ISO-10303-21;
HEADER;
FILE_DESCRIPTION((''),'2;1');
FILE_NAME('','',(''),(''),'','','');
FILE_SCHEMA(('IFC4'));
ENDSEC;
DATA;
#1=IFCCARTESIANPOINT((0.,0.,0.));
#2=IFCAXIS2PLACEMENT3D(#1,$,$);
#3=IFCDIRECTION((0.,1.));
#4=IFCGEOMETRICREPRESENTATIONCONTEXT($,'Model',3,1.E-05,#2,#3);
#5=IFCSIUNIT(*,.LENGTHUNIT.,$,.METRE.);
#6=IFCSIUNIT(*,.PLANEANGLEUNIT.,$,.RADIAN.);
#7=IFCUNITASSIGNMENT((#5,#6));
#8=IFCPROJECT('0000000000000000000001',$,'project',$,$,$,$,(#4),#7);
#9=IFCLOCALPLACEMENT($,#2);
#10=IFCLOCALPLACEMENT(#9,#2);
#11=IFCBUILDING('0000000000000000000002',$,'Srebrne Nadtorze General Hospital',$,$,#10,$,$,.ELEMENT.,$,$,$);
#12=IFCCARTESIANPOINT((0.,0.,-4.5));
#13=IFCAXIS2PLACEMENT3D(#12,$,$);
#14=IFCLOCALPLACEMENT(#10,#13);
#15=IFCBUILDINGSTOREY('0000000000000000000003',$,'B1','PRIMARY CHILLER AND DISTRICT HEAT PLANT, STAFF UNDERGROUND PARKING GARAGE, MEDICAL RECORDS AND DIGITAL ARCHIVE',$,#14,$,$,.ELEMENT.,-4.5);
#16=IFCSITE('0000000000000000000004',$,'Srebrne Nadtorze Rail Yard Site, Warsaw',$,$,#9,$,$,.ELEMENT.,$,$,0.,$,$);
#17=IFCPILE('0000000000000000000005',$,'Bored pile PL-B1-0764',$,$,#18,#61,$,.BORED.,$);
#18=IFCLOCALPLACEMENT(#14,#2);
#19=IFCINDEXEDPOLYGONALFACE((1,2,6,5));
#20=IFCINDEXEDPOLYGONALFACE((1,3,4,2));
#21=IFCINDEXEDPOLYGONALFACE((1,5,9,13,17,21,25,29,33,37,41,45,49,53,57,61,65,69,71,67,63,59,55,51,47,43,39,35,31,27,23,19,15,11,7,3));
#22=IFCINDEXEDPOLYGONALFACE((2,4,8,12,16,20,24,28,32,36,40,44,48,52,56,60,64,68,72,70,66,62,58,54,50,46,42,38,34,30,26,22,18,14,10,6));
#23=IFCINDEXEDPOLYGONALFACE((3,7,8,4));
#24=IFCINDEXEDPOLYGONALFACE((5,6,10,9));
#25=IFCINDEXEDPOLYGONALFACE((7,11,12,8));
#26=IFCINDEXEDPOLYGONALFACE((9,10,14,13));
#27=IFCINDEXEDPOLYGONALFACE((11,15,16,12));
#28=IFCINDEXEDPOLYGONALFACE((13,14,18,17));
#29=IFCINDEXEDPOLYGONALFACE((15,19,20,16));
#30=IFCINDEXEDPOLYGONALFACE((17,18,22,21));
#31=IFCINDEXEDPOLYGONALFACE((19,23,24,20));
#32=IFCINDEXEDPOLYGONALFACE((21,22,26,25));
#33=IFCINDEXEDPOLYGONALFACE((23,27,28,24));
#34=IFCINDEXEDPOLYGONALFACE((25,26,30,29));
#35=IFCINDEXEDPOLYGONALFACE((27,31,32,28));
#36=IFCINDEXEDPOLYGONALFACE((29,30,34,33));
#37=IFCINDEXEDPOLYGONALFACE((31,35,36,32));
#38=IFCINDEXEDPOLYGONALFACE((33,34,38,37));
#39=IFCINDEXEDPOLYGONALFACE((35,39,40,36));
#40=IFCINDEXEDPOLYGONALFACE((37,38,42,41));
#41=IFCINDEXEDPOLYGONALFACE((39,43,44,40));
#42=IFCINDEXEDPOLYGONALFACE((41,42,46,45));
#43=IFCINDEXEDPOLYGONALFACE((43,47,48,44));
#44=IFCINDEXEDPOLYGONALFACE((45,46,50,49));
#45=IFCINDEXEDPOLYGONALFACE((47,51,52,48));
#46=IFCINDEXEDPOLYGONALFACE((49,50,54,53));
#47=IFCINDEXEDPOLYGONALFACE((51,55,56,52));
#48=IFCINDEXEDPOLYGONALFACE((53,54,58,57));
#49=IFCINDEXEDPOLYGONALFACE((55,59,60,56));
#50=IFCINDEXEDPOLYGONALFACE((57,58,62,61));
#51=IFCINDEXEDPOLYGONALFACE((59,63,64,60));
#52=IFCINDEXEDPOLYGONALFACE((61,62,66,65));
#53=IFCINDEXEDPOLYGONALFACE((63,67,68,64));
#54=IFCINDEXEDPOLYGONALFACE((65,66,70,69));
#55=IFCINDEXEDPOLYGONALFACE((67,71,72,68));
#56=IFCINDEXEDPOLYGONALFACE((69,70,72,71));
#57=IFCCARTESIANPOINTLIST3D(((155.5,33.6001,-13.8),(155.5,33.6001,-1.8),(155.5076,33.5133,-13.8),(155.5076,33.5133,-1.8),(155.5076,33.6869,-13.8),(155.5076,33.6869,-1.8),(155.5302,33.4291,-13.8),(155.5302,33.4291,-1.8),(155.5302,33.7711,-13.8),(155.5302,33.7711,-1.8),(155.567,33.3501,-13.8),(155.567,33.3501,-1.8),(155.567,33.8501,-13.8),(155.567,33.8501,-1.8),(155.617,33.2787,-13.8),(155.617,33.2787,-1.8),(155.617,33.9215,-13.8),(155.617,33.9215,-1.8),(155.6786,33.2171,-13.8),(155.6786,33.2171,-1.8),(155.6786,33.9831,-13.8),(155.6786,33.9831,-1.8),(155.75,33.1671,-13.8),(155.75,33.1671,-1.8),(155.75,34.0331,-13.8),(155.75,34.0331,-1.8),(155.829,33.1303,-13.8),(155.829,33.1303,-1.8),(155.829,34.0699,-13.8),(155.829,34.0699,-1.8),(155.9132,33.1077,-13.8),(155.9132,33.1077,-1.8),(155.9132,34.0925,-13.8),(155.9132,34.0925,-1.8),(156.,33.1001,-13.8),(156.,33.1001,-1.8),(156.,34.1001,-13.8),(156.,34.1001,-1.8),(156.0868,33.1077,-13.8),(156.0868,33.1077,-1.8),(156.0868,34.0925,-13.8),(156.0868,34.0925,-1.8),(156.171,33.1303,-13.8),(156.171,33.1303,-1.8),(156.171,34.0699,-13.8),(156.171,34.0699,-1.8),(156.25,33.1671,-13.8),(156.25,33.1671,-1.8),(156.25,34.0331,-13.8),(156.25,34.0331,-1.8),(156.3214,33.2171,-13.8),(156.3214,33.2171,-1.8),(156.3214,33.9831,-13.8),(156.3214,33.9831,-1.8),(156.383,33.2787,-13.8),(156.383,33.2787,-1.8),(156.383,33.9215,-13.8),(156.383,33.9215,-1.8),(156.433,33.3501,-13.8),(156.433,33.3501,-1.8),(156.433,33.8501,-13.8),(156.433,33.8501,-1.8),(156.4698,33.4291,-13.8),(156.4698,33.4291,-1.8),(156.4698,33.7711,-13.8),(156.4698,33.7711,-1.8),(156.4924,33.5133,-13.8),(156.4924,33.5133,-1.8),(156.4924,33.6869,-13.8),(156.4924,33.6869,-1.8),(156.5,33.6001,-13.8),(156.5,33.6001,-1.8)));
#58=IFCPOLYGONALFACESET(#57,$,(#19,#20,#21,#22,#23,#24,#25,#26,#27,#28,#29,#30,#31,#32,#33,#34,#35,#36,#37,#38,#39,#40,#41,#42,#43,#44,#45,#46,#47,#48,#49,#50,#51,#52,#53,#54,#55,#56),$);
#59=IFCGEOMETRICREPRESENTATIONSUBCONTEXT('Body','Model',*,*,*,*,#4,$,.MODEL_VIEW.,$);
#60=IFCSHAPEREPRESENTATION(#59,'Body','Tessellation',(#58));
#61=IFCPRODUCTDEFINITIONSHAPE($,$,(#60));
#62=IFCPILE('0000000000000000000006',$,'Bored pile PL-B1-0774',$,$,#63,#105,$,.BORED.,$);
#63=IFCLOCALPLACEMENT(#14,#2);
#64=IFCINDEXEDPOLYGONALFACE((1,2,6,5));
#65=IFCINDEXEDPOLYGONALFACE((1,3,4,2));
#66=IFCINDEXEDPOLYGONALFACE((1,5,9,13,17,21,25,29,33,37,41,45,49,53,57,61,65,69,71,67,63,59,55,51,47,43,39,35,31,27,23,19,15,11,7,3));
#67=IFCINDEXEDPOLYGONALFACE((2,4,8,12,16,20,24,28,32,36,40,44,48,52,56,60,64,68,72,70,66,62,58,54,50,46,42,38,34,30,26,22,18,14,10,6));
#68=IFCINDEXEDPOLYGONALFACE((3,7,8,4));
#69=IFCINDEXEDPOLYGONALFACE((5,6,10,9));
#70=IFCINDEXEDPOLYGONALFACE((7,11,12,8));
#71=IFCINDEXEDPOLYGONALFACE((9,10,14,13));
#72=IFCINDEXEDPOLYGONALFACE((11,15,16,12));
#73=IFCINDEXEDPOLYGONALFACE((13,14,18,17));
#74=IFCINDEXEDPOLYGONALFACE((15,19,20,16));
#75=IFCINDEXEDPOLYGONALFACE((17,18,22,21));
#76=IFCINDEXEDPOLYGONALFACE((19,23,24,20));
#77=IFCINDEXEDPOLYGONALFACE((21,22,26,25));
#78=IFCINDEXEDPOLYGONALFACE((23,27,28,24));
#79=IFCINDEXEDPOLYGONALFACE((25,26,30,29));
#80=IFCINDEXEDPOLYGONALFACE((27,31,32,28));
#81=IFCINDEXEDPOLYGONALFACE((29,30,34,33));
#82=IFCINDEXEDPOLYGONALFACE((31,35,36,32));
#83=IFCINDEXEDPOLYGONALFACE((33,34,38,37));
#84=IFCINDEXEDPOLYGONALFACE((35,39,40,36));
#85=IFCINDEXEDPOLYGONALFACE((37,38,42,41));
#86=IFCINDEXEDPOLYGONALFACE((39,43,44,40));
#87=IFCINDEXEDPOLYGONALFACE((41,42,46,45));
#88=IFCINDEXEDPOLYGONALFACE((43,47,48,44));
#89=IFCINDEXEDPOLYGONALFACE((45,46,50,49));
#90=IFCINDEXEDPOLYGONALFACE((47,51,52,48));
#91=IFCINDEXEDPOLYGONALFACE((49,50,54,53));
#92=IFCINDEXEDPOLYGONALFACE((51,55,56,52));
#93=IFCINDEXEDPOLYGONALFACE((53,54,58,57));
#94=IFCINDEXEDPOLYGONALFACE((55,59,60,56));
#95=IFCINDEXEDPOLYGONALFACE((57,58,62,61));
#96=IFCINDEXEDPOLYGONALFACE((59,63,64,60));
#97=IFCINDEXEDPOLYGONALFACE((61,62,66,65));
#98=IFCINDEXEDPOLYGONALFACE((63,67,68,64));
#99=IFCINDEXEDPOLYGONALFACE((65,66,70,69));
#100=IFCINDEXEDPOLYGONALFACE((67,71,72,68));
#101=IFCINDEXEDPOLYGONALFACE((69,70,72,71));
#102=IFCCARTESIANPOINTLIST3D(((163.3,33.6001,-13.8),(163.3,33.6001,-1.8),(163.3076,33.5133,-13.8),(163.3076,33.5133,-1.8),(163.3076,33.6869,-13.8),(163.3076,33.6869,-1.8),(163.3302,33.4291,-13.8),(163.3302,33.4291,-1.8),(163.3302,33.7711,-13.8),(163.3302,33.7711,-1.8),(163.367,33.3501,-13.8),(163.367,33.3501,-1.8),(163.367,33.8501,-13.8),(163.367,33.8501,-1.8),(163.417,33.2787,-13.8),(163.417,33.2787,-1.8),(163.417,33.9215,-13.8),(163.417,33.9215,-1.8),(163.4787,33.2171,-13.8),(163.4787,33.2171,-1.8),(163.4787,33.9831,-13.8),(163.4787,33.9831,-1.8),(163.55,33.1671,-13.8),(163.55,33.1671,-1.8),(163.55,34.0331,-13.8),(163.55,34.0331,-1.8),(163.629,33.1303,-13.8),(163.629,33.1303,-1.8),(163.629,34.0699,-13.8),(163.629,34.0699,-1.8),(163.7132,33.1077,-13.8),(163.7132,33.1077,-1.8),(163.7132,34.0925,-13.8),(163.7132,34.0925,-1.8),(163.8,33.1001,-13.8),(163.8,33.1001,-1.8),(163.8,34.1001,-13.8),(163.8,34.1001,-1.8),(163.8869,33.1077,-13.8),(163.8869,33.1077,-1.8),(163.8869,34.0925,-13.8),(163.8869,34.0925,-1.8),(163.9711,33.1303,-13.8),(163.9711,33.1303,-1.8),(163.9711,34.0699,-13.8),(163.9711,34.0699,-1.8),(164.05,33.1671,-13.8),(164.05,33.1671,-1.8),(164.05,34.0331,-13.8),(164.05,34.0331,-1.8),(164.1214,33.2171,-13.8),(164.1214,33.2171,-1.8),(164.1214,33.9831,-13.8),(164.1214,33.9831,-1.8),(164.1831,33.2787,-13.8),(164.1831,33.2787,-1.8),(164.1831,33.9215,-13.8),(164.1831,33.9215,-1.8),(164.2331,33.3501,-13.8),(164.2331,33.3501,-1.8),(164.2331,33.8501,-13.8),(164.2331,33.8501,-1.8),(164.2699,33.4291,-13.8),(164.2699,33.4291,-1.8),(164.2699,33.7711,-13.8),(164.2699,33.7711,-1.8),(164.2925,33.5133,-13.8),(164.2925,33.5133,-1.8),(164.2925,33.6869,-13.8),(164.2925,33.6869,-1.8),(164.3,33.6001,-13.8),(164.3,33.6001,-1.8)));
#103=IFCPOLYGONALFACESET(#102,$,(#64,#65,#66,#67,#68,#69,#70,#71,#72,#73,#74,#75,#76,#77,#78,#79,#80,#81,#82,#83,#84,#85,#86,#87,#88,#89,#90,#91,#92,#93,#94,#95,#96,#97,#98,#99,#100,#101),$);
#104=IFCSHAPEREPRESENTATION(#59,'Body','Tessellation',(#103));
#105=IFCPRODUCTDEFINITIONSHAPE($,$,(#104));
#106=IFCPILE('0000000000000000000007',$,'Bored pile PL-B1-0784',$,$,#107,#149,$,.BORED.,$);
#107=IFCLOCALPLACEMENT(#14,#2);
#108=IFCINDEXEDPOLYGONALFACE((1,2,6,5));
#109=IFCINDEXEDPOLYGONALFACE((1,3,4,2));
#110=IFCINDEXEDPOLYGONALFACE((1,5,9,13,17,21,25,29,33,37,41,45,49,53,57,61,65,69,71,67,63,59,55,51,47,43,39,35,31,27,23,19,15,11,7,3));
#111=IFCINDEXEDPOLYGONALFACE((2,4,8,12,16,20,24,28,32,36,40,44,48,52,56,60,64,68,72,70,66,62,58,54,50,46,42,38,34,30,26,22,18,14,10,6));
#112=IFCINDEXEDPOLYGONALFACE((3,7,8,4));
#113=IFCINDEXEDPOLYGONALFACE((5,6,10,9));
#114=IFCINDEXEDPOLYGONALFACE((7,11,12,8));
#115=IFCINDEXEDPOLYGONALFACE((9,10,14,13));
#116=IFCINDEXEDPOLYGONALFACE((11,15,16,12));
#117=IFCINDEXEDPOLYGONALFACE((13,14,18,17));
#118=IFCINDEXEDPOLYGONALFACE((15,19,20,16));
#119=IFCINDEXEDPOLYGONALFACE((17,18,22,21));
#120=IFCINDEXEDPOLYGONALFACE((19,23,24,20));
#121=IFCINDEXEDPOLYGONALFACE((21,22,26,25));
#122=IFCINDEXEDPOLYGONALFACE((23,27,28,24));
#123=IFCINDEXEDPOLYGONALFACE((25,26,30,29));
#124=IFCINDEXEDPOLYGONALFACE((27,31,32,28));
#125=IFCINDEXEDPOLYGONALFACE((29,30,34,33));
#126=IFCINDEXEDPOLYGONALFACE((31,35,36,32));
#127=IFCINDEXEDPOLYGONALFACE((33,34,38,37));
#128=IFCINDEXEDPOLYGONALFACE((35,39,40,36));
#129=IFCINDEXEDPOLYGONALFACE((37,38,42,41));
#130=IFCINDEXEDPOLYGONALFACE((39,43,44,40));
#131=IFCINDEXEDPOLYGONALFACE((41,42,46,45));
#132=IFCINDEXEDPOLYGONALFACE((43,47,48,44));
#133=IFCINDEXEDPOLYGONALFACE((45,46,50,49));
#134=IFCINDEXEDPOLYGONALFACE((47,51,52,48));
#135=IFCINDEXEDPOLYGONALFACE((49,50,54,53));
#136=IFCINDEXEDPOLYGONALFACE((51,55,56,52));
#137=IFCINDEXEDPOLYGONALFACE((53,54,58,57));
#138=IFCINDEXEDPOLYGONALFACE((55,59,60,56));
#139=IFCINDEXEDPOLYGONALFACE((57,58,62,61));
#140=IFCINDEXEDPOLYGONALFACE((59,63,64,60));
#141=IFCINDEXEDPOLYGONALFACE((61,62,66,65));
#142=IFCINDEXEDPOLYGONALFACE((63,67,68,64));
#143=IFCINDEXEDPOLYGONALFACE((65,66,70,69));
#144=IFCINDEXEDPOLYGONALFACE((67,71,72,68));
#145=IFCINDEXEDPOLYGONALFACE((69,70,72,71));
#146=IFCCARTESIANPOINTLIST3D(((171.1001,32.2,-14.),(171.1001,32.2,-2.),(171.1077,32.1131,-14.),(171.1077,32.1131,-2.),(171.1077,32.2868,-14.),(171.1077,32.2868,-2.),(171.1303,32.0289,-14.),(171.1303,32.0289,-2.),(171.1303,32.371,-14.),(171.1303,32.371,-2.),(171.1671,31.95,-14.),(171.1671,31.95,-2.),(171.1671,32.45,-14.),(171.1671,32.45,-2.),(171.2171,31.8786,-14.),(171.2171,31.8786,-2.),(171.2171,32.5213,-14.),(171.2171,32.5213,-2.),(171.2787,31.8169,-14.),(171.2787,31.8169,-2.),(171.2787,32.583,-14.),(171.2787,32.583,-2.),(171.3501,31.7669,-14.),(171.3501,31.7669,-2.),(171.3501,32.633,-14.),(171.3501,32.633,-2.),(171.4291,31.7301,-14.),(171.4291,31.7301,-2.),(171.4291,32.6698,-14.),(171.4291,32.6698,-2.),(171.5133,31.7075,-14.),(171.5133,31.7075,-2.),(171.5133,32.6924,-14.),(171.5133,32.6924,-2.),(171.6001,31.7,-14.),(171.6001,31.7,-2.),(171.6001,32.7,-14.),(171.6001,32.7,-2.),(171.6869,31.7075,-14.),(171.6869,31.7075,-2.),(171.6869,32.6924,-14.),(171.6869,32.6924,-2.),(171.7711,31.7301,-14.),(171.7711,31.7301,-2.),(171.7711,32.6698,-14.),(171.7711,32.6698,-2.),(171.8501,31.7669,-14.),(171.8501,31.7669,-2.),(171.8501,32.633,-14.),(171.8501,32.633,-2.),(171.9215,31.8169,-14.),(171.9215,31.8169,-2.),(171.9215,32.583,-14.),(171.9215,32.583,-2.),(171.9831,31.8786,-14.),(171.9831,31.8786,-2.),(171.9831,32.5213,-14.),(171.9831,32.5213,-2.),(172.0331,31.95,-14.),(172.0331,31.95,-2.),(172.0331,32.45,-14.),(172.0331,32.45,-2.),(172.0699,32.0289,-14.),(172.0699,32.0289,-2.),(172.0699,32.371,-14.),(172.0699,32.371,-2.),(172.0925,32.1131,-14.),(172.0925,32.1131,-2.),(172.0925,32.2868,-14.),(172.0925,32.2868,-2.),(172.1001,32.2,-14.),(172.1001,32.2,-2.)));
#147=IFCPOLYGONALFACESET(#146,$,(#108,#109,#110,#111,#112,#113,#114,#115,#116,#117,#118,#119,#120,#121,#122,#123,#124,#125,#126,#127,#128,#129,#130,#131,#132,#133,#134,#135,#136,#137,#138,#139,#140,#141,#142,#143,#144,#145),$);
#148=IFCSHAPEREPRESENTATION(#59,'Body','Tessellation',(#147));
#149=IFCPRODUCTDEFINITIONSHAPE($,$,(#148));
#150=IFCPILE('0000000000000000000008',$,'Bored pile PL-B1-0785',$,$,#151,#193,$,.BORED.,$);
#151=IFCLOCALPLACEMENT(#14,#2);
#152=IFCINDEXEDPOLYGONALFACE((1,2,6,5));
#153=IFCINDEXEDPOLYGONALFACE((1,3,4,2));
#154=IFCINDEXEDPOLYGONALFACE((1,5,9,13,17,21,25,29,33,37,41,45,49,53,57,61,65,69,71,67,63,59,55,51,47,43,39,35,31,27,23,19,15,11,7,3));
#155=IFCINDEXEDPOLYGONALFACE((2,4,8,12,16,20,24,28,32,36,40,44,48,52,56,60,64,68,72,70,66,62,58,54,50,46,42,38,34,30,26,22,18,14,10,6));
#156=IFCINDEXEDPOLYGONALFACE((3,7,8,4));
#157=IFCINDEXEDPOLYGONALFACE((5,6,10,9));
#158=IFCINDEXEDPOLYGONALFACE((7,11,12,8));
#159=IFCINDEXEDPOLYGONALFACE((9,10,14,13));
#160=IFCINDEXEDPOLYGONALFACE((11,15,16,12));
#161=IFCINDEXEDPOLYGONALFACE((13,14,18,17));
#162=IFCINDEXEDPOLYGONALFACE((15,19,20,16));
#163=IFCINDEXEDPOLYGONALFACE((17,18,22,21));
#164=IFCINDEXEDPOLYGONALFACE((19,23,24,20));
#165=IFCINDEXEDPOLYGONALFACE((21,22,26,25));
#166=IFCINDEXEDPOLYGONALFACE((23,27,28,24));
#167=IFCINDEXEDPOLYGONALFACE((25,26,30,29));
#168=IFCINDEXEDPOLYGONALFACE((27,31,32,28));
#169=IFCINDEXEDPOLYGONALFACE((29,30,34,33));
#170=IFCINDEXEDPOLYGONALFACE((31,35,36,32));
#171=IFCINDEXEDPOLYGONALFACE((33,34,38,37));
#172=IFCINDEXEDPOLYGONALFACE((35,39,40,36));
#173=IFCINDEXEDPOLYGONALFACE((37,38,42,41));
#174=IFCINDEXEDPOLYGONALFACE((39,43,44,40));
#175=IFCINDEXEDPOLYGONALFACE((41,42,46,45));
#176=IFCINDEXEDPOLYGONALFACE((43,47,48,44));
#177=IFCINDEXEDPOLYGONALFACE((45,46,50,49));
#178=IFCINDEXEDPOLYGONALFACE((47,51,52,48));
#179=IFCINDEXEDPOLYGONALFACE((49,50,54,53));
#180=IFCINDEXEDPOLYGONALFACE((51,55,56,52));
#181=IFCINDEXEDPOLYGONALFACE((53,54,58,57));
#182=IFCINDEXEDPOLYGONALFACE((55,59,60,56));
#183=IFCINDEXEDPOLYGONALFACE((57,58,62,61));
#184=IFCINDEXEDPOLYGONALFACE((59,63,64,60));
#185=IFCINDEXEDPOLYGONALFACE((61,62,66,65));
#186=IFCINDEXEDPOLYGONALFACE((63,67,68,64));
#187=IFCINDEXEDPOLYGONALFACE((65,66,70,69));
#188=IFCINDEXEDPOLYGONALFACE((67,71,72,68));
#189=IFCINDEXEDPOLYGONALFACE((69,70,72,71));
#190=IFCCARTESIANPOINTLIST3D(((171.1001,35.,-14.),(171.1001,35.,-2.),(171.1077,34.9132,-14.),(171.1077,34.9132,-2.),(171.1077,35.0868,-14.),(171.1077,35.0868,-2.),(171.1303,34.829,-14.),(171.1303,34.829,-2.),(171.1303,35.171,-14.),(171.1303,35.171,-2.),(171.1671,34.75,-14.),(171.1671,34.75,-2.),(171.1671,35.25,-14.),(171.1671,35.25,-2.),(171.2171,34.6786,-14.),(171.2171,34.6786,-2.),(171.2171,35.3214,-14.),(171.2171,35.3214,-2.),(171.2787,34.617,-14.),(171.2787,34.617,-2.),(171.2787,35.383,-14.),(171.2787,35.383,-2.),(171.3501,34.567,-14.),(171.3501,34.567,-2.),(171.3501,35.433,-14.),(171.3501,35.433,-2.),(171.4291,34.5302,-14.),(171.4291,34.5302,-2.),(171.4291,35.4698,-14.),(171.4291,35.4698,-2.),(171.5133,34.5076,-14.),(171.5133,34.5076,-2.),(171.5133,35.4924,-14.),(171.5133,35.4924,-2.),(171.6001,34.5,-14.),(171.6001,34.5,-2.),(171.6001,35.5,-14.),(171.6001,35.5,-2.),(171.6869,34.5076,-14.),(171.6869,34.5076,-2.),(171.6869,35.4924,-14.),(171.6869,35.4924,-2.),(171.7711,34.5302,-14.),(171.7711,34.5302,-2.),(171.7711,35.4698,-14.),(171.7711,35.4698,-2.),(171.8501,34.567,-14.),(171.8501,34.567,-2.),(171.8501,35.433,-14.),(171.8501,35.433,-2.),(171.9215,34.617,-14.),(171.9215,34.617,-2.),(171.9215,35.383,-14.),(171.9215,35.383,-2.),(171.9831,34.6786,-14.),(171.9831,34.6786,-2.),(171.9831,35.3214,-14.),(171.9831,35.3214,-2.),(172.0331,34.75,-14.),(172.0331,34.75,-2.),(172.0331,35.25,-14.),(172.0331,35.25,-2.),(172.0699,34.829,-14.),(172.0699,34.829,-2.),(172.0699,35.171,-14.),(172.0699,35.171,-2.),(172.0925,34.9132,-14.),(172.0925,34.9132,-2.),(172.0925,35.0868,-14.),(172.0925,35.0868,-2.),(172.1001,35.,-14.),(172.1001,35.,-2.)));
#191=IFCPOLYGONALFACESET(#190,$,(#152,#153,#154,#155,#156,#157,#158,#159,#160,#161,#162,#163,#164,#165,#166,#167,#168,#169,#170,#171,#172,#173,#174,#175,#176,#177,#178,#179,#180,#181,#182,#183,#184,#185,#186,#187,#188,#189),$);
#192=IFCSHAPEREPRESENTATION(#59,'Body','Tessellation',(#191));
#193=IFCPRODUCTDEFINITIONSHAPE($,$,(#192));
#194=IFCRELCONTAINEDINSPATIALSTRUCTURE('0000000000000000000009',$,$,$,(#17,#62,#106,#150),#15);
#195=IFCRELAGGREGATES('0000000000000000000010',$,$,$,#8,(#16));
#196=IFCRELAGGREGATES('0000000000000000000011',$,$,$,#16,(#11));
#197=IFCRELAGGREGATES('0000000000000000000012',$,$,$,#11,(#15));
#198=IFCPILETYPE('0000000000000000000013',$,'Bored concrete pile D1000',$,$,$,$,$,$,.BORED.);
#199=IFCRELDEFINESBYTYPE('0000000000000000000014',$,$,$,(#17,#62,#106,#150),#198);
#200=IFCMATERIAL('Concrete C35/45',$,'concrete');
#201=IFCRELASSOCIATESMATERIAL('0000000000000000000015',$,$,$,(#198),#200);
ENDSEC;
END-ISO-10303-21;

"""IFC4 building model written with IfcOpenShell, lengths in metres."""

from ifc_helpers import new_model, si_unit, direction, frame, origin, origin_2d, place, context, subcontext, project, spatial, circle, extrude, material, material_profile, profile_set, type_object, element, save


model = new_model("IFC4")

# Units and contexts
model_context = context("Model", 3, precision=1e-05, world=origin(), true_north=direction((0.0, 1.0)))
body_context = subcontext(model_context, "Body", "Model", "MODEL_VIEW")
ifc_project = project(units=[si_unit("LENGTHUNIT", "METRE"), si_unit("PLANEANGLEUNIT", "RADIAN")], contexts=[model_context])

# Site, building, storey
site_placement = place(None, origin())
site = spatial("IfcSite", under=ifc_project, at=site_placement, Name="Srebrne Nadtorze Rail Yard Site, Warsaw", CompositionType="ELEMENT", RefElevation=0.0)
building_placement = place(site_placement, origin())
building = spatial("IfcBuilding", under=site, at=building_placement, Name="Srebrne Nadtorze General Hospital", CompositionType="ELEMENT")
storey_placement = place(building_placement, frame((0.0, 0.0, -4.5)))
storey = spatial("IfcBuildingStorey", under=building, at=storey_placement, Name="B1", Description="PRIMARY CHILLER AND DISTRICT HEAT PLANT, STAFF UNDERGROUND PARKING GARAGE, MEDICAL RECORDS AND DIGITAL ARCHIVE", CompositionType="ELEMENT", Elevation=-4.5)

# Piles
ifc_material_1 = material(Name="Concrete C35/45", Category="concrete")
ifc_material_profile_1 = material_profile(ifc_material_1, circle(Radius=0.5, at=origin_2d()), Name="PILE-D1000")
ifc_profile_set_1 = profile_set([ifc_material_profile_1], Name="Concrete C35/45")
pile_type_1 = type_object("IfcPileType", Name="Bored concrete pile D1000", PredefinedType="BORED", material=ifc_profile_set_1)
for number, where, z_axis, x_axis, name in (
    (1, (156.0, 33.6001, -1.8), (0.0, 0.0, -1.0), (1.0, 0.0, 0.0), "Bored pile PL-B1-0764"),
    (2, (163.8, 33.6001, -1.8), (0.0, 0.0, -1.0), (1.0, 0.0, 0.0), "Bored pile PL-B1-0774"),
    (3, (171.6001, 32.2, -2.0), (0.0, 0.0, -1.0), (1.0, 0.0, 0.0), "Bored pile PL-B1-0784"),
    (4, (171.6001, 35.0, -2.0), (0.0, 0.0, -1.0), (1.0, 0.0, 0.0), "Bored pile PL-B1-0785"),
):
    element("IfcPile", number, at=place(storey_placement, frame(where, z_axis=z_axis, x_axis=x_axis)), inside=storey, type_object=pile_type_1, Name=name, PredefinedType="BORED", context=body_context, shape_type="SweptSolid", body=[
        extrude(circle(Radius=0.5, at=origin_2d()), origin(), (0.0, 0.0, 1.0), 12.0),
    ])

save(model, "model.ifc")
